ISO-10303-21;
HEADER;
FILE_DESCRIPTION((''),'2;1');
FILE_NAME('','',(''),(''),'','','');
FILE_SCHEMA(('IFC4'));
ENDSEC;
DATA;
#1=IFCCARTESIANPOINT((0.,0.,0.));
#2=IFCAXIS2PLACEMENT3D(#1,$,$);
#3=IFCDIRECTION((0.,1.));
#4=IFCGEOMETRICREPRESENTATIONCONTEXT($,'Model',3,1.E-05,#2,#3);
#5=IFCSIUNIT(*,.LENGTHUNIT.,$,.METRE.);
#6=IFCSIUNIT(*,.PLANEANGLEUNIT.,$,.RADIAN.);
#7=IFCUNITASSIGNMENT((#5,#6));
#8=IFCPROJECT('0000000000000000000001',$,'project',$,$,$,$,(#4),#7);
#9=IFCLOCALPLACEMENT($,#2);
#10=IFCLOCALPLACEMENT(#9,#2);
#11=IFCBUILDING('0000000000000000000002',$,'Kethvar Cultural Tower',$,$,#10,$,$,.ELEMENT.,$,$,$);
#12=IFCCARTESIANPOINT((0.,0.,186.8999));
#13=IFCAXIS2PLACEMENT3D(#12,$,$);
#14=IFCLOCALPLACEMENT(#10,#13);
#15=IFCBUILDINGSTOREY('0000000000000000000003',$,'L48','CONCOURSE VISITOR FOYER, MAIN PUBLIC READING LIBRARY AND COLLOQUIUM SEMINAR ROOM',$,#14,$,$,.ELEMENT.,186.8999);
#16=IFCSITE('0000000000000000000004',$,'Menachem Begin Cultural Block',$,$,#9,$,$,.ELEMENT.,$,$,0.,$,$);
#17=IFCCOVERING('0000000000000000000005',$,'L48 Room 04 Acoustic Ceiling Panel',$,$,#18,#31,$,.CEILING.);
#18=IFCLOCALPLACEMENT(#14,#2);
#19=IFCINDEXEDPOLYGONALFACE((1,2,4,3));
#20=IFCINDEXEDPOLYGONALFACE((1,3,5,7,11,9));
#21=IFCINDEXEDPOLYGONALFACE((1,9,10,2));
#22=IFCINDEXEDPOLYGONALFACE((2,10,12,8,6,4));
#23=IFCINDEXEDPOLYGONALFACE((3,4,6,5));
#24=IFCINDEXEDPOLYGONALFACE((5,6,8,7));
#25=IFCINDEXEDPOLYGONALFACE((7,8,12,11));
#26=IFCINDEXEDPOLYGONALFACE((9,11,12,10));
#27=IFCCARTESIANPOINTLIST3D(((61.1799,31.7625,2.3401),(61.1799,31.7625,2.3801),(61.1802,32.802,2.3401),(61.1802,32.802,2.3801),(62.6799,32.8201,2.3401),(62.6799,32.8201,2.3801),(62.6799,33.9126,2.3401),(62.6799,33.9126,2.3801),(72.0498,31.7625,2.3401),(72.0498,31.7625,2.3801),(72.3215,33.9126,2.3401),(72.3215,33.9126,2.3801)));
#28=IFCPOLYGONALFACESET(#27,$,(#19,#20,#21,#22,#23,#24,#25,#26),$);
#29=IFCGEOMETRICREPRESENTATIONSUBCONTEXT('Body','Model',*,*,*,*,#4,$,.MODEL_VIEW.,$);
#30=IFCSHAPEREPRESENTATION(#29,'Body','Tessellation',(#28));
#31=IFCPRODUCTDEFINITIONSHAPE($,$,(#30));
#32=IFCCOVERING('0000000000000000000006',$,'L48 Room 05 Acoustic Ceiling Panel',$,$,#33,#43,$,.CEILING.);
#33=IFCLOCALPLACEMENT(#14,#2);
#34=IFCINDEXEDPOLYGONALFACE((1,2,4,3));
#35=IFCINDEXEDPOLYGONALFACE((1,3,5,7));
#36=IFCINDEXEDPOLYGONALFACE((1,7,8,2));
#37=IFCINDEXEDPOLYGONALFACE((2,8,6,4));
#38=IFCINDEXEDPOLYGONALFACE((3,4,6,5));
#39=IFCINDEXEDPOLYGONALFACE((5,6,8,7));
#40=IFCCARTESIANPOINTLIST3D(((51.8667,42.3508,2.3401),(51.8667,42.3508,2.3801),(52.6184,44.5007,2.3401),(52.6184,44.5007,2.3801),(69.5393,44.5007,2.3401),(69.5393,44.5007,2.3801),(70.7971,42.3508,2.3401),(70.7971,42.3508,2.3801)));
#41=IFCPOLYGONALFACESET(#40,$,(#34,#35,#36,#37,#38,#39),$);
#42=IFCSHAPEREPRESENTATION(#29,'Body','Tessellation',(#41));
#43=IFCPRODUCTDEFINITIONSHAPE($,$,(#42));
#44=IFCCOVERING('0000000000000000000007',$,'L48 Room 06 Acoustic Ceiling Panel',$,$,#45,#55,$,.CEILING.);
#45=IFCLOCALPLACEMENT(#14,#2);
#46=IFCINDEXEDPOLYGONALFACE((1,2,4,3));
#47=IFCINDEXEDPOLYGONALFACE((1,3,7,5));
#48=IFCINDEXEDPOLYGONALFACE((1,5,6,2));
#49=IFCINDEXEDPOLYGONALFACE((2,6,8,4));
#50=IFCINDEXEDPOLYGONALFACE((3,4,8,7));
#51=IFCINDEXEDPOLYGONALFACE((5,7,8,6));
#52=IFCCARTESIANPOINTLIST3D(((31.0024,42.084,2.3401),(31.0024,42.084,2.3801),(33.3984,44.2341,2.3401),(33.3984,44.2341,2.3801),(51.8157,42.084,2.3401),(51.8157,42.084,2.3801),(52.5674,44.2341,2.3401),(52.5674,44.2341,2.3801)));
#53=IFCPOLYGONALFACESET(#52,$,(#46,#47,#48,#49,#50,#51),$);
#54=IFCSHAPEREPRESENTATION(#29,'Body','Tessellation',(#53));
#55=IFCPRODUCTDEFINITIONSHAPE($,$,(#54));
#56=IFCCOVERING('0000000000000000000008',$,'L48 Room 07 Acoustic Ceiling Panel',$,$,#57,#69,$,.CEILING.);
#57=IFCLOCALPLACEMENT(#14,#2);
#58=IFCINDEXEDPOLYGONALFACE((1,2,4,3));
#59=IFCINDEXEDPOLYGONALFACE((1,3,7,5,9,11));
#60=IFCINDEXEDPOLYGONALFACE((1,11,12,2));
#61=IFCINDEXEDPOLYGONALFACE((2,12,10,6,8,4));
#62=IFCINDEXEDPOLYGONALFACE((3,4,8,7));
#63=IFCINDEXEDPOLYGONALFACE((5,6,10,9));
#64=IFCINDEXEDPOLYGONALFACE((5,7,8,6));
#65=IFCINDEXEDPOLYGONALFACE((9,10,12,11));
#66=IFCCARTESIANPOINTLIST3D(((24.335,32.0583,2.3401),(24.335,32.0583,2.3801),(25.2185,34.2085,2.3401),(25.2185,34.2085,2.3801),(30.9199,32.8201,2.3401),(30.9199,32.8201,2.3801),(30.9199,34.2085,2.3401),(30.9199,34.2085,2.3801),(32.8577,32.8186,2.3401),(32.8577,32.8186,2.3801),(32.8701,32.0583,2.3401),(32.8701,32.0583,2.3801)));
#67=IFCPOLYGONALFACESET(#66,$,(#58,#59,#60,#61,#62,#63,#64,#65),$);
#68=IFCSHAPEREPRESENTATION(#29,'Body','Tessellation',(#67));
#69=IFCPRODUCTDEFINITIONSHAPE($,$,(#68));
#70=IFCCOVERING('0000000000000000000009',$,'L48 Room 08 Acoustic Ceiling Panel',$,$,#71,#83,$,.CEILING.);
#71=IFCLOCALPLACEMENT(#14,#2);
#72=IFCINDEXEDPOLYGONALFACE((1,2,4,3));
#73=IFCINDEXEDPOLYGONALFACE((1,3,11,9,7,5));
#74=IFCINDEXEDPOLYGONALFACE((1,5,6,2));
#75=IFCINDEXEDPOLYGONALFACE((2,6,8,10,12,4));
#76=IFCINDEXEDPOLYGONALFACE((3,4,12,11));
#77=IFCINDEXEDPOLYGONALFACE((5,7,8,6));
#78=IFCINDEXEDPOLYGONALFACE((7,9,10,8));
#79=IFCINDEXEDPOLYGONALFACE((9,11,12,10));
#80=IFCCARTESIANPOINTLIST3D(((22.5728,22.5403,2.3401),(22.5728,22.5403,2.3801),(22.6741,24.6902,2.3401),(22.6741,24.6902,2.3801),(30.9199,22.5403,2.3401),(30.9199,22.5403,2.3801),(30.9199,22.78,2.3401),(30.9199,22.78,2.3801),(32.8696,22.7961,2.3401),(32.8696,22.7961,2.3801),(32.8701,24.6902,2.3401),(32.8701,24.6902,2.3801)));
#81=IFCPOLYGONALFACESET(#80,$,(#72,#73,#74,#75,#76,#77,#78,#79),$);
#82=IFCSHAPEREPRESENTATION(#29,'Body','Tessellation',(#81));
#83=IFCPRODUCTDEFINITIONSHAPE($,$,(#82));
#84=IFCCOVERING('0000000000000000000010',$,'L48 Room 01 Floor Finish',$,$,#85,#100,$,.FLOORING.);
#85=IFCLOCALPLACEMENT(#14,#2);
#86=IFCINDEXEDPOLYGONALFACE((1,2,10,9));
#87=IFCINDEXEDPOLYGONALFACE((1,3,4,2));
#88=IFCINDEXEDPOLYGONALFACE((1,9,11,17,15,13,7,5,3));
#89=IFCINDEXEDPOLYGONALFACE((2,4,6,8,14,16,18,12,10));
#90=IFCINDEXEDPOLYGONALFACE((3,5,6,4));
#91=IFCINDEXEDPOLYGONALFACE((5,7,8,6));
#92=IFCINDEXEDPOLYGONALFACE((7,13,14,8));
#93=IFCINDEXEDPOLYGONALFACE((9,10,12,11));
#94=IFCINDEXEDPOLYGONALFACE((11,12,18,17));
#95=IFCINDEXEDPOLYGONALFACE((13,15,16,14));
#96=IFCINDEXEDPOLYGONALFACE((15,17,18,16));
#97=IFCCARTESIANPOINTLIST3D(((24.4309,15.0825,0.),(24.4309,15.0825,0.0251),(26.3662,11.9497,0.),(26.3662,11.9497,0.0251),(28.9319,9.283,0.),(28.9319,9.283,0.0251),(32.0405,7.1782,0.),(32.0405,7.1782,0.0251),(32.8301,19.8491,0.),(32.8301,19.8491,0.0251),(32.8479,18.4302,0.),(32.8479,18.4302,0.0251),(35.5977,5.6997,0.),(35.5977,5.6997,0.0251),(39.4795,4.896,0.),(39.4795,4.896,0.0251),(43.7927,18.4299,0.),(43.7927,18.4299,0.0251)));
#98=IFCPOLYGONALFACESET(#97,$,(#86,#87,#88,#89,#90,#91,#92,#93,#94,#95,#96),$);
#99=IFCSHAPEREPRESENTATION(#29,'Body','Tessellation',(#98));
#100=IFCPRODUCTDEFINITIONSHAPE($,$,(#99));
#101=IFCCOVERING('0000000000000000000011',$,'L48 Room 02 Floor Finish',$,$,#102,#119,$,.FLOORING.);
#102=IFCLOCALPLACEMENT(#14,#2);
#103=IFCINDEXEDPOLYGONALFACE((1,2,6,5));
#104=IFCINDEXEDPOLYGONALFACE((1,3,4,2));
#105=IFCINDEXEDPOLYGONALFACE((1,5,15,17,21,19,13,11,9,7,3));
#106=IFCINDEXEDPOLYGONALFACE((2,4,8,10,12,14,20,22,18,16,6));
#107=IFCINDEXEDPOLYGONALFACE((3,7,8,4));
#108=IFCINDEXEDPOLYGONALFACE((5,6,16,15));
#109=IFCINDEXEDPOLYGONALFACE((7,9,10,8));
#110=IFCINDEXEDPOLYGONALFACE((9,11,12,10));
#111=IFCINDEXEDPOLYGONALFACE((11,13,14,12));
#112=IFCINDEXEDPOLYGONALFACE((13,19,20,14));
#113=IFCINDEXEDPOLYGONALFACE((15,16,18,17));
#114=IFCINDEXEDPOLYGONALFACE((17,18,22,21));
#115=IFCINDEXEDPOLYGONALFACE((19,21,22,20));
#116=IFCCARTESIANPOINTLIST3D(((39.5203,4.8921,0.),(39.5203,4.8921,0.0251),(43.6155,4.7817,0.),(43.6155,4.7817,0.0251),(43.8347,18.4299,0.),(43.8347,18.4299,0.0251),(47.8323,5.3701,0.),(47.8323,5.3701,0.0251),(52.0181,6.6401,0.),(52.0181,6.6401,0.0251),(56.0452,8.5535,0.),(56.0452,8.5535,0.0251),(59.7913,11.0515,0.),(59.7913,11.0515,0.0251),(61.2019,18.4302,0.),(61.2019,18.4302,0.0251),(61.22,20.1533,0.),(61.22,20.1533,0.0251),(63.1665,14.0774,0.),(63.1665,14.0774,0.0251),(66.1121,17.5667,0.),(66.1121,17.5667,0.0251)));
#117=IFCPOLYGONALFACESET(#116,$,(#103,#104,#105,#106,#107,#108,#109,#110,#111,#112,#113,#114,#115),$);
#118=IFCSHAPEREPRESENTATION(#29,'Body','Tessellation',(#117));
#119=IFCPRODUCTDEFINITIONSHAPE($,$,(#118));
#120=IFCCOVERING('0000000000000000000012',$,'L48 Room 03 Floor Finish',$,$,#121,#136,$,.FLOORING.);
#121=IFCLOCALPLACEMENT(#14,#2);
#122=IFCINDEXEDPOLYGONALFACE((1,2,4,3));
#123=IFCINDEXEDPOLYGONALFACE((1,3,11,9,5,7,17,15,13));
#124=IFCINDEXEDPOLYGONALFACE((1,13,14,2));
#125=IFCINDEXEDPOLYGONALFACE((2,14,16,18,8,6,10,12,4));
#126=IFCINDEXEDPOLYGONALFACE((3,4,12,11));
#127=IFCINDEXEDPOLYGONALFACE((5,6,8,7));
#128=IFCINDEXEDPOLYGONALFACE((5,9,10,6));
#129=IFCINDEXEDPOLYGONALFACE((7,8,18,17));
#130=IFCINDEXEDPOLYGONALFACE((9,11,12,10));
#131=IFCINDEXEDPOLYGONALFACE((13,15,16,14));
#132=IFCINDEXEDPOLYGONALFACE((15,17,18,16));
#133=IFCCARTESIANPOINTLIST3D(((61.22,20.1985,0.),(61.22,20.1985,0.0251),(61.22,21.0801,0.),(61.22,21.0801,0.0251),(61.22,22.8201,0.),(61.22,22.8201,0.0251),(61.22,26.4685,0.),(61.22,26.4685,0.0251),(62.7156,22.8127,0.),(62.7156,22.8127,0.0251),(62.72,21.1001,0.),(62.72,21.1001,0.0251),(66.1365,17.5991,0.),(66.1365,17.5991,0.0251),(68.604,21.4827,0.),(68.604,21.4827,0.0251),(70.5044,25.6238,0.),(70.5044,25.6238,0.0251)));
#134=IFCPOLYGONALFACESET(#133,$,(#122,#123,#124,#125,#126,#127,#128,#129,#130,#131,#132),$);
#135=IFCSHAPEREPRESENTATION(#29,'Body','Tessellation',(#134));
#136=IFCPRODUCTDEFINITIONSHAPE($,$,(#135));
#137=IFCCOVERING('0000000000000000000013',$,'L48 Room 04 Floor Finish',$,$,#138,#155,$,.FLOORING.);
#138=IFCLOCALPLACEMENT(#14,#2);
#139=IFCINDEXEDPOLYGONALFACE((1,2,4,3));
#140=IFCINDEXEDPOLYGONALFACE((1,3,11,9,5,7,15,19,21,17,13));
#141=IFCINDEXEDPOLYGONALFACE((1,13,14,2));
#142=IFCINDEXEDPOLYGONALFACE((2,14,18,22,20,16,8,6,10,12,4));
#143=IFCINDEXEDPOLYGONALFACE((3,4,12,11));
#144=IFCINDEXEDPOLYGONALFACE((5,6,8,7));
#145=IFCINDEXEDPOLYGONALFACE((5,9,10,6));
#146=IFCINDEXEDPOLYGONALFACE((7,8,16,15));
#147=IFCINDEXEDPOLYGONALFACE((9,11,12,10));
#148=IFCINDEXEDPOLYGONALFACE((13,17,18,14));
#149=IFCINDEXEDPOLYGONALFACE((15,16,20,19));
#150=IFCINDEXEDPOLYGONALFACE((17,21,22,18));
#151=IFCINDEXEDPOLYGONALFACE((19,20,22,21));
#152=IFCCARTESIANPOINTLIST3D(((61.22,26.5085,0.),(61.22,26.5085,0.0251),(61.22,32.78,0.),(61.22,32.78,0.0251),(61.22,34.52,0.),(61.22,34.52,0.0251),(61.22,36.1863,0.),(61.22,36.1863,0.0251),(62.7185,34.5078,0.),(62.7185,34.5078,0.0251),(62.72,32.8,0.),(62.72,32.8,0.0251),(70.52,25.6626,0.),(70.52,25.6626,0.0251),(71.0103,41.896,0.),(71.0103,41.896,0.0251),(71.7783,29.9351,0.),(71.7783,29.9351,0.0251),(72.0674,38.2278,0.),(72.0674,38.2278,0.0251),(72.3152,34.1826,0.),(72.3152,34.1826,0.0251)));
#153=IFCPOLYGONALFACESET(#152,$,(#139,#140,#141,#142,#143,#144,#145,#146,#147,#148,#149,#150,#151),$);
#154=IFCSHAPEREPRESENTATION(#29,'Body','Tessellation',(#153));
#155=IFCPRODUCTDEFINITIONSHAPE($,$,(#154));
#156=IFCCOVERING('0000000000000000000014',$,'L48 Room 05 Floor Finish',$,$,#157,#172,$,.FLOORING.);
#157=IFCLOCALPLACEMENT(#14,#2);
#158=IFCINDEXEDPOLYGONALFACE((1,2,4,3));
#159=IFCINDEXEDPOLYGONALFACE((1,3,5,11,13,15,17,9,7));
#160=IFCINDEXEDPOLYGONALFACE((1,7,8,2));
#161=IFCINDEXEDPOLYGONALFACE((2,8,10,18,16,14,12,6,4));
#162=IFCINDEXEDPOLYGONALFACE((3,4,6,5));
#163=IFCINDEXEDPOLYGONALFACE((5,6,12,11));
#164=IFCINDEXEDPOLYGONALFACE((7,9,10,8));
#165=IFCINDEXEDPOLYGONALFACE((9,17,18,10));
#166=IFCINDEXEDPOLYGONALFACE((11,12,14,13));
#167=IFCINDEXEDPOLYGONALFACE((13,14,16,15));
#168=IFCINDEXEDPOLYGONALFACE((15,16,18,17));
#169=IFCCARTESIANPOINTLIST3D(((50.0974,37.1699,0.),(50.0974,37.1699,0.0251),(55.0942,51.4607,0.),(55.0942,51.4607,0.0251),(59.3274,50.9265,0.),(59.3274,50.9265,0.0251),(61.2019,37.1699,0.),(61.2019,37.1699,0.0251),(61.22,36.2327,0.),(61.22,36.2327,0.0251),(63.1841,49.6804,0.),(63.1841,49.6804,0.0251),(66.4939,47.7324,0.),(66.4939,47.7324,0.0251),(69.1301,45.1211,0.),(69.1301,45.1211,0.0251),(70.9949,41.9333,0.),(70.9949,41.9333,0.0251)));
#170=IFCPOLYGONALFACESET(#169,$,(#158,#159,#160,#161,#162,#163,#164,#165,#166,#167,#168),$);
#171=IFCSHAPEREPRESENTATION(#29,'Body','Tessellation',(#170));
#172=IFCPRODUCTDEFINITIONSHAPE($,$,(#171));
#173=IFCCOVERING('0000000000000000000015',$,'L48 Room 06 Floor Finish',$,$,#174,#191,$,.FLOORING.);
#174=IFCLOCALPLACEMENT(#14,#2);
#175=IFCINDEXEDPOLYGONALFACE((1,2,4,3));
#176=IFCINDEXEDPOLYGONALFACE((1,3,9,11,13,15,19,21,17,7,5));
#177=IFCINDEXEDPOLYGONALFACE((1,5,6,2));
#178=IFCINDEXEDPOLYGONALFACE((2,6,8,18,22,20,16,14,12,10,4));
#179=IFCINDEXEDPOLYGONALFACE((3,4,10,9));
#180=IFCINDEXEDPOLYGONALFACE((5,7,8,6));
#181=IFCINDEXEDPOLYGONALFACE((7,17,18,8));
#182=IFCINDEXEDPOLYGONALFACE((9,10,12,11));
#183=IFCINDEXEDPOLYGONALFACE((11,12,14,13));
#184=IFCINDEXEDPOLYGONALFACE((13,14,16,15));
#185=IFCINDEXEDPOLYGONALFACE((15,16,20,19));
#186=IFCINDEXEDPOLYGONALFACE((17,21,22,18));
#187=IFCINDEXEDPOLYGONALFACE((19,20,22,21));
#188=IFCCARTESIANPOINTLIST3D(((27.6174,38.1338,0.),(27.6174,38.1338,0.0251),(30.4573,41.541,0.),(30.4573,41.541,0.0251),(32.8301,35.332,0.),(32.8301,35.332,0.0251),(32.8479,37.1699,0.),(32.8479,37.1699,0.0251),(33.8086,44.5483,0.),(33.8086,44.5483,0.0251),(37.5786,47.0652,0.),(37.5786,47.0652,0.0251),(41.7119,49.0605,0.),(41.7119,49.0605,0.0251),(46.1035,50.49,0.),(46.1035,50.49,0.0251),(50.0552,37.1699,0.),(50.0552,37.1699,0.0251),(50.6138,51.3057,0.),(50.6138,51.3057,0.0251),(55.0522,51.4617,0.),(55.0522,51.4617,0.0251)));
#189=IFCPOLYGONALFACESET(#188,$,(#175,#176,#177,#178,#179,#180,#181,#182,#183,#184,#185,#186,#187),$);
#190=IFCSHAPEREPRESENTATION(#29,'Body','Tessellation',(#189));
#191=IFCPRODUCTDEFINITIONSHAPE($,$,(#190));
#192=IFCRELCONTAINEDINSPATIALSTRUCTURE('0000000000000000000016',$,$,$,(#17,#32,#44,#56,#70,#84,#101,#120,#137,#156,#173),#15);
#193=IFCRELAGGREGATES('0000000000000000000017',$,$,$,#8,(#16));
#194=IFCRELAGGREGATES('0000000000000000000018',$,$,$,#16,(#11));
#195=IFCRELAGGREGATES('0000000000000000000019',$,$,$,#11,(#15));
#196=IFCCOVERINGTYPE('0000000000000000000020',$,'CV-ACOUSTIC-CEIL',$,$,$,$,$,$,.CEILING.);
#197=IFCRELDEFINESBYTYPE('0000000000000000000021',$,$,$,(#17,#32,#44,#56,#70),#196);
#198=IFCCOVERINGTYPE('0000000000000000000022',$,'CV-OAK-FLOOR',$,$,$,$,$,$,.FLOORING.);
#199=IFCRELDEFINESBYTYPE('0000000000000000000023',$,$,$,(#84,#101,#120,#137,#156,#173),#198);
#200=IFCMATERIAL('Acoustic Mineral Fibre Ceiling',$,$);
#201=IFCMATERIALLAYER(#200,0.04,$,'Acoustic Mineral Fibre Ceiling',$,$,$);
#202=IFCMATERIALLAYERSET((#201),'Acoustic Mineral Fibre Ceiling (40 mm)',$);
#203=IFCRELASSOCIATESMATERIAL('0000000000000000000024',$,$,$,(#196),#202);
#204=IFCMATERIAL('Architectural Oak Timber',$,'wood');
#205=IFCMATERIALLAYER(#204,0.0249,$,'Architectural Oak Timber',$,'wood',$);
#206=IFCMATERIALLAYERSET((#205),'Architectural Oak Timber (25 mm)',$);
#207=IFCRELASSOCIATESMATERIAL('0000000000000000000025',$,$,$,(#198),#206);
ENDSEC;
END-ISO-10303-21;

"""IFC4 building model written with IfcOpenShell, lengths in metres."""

from ifc_helpers import new_model, si_unit, direction, frame, origin, place, context, subcontext, project, spatial, polyline, outline, extrude, material, layer, layer_set, type_object, element, save


model = new_model("IFC4")

# Units and contexts
model_context = context("Model", 3, precision=1e-05, world=origin(), true_north=direction((0.0, 1.0)))
body_context = subcontext(model_context, "Body", "Model", "MODEL_VIEW")
ifc_project = project(units=[si_unit("LENGTHUNIT", "METRE"), si_unit("PLANEANGLEUNIT", "RADIAN")], contexts=[model_context])

# Site, building, storey
site_placement = place(None, origin())
site = spatial("IfcSite", under=ifc_project, at=site_placement, Name="Menachem Begin Cultural Block", CompositionType="ELEMENT", RefElevation=0.0)
building_placement = place(site_placement, origin())
building = spatial("IfcBuilding", under=site, at=building_placement, Name="Kethvar Cultural Tower", CompositionType="ELEMENT")
storey_placement = place(building_placement, frame((0.0, 0.0, 186.8999)))
storey = spatial("IfcBuildingStorey", under=building, at=storey_placement, Name="L48", Description="CONCOURSE VISITOR FOYER, MAIN PUBLIC READING LIBRARY AND COLLOQUIUM SEMINAR ROOM", CompositionType="ELEMENT", Elevation=186.8999)

# Coverings
ifc_material_1 = material(Name="Acoustic Mineral Fibre Ceiling")
ifc_layer_1 = layer(ifc_material_1, 0.04, Name="Acoustic Mineral Fibre Ceiling")
ifc_layer_set_1 = layer_set([ifc_layer_1], Name="Acoustic Mineral Fibre Ceiling (40 mm)")
covering_type_1 = type_object("IfcCoveringType", Name="CV-ACOUSTIC-CEIL", PredefinedType="CEILING", material=ifc_layer_set_1)
covering_1_placement = place(storey_placement, frame((0.0, 0.0, 2.3401)))
element("IfcCovering", 1, at=covering_1_placement, inside=storey, type_object=covering_type_1, Name="L48 Room 04 Acoustic Ceiling Panel", PredefinedType="CEILING", context=body_context, shape_type="SweptSolid", body=[
    extrude(outline(polyline([(72.0498, 31.7625), (61.1799, 31.7625), (61.1802, 32.802), (62.6799, 32.8201), (62.6799, 33.9126), (72.3215, 33.9126), (72.0498, 31.7625)])), origin(), (0.0, 0.0, 1.0), 0.04),
])
covering_2_placement = place(storey_placement, frame((0.0, 0.0, 2.3401)))
element("IfcCovering", 2, at=covering_2_placement, inside=storey, type_object=covering_type_1, Name="L48 Room 05 Acoustic Ceiling Panel", PredefinedType="CEILING", context=body_context, shape_type="SweptSolid", body=[
    extrude(outline(polyline([(70.7971, 42.3508), (51.8667, 42.3508), (52.6184, 44.5007), (69.5393, 44.5007), (70.7971, 42.3508)])), origin(), (0.0, 0.0, 1.0), 0.04),
])
covering_3_placement = place(storey_placement, frame((0.0, 0.0, 2.3401)))
element("IfcCovering", 3, at=covering_3_placement, inside=storey, type_object=covering_type_1, Name="L48 Room 06 Acoustic Ceiling Panel", PredefinedType="CEILING", context=body_context, shape_type="SweptSolid", body=[
    extrude(outline(polyline([(33.3984, 44.2341), (52.5674, 44.2341), (51.8157, 42.084), (31.0024, 42.084), (33.3984, 44.2341)])), origin(), (0.0, 0.0, 1.0), 0.04),
])
covering_4_placement = place(storey_placement, frame((0.0, 0.0, 2.3401)))
element("IfcCovering", 4, at=covering_4_placement, inside=storey, type_object=covering_type_1, Name="L48 Room 07 Acoustic Ceiling Panel", PredefinedType="CEILING", context=body_context, shape_type="SweptSolid", body=[
    extrude(outline(polyline([(30.9199, 32.8201), (32.8577, 32.8186), (32.8701, 32.0583), (24.335, 32.0583), (25.2185, 34.2085), (30.9199, 34.2085), (30.9199, 32.8201)])), origin(), (0.0, 0.0, 1.0), 0.04),
])
covering_5_placement = place(storey_placement, frame((0.0, 0.0, 2.3401)))
element("IfcCovering", 5, at=covering_5_placement, inside=storey, type_object=covering_type_1, Name="L48 Room 08 Acoustic Ceiling Panel", PredefinedType="CEILING", context=body_context, shape_type="SweptSolid", body=[
    extrude(outline(polyline([(22.6741, 24.6902), (32.8701, 24.6902), (32.8696, 22.7961), (30.9199, 22.78), (30.9199, 22.5403), (22.5728, 22.5403), (22.6741, 24.6902)])), origin(), (0.0, 0.0, 1.0), 0.04),
])
ifc_material_2 = material(Name="Architectural Oak Timber", Category="wood")
ifc_layer_2 = layer(ifc_material_2, 0.0249, Name="Architectural Oak Timber", Category="wood")
ifc_layer_set_2 = layer_set([ifc_layer_2], Name="Architectural Oak Timber (25 mm)")
covering_type_2 = type_object("IfcCoveringType", Name="CV-OAK-FLOOR", PredefinedType="FLOORING", material=ifc_layer_set_2)
covering_6_placement = place(storey_placement, origin())
element("IfcCovering", 6, at=covering_6_placement, inside=storey, type_object=covering_type_2, Name="L48 Room 01 Floor Finish", PredefinedType="FLOORING", context=body_context, shape_type="SweptSolid", body=[
    extrude(outline(polyline([(35.5977, 5.6997), (32.0405, 7.1782), (28.9319, 9.283), (26.3662, 11.9497), (24.4309, 15.0825), (32.8301, 19.8491), (32.8479, 18.4302), (43.7927, 18.4299), (39.4795, 4.896), (35.5977, 5.6997)])), origin(), (0.0, 0.0, 1.0), 0.0251),
])
covering_7_placement = place(storey_placement, origin())
element("IfcCovering", 7, at=covering_7_placement, inside=storey, type_object=covering_type_2, Name="L48 Room 02 Floor Finish", PredefinedType="FLOORING", context=body_context, shape_type="SweptSolid", body=[
    extrude(outline(polyline([(63.1665, 14.0774), (59.7913, 11.0515), (56.0452, 8.5535), (52.0181, 6.6401), (47.8323, 5.3701), (43.6155, 4.7817), (39.5203, 4.8921), (43.8347, 18.4299), (61.2019, 18.4302), (61.22, 20.1533), (66.1121, 17.5667), (63.1665, 14.0774)])), origin(), (0.0, 0.0, 1.0), 0.0251),
])
covering_8_placement = place(storey_placement, origin())
element("IfcCovering", 8, at=covering_8_placement, inside=storey, type_object=covering_type_2, Name="L48 Room 03 Floor Finish", PredefinedType="FLOORING", context=body_context, shape_type="SweptSolid", body=[
    extrude(outline(polyline([(68.604, 21.4827), (66.1365, 17.5991), (61.22, 20.1985), (61.22, 21.0801), (62.72, 21.1001), (62.7156, 22.8127), (61.22, 22.8201), (61.22, 26.4685), (70.5044, 25.6238), (68.604, 21.4827)])), origin(), (0.0, 0.0, 1.0), 0.0251),
])
covering_9_placement = place(storey_placement, origin())
element("IfcCovering", 9, at=covering_9_placement, inside=storey, type_object=covering_type_2, Name="L48 Room 04 Floor Finish", PredefinedType="FLOORING", context=body_context, shape_type="SweptSolid", body=[
    extrude(outline(polyline([(72.0674, 38.2278), (72.3152, 34.1826), (71.7783, 29.9351), (70.52, 25.6626), (61.22, 26.5085), (61.22, 32.78), (62.72, 32.8), (62.7185, 34.5078), (61.22, 34.52), (61.22, 36.1863), (71.0103, 41.896), (72.0674, 38.2278)])), origin(), (0.0, 0.0, 1.0), 0.0251),
])
covering_10_placement = place(storey_placement, origin())
element("IfcCovering", 10, at=covering_10_placement, inside=storey, type_object=covering_type_2, Name="L48 Room 05 Floor Finish", PredefinedType="FLOORING", context=body_context, shape_type="SweptSolid", body=[
    extrude(outline(polyline([(59.3274, 50.9265), (63.1841, 49.6804), (66.4939, 47.7324), (69.1301, 45.1211), (70.9949, 41.9333), (61.22, 36.2327), (61.2019, 37.1699), (50.0974, 37.1699), (55.0942, 51.4607), (59.3274, 50.9265)])), origin(), (0.0, 0.0, 1.0), 0.0251),
])
covering_11_placement = place(storey_placement, origin())
element("IfcCovering", 11, at=covering_11_placement, inside=storey, type_object=covering_type_2, Name="L48 Room 06 Floor Finish", PredefinedType="FLOORING", context=body_context, shape_type="SweptSolid", body=[
    extrude(outline(polyline([(27.6174, 38.1338), (30.4573, 41.541), (33.8086, 44.5483), (37.5786, 47.0652), (41.7119, 49.0605), (46.1035, 50.49), (50.6138, 51.3057), (55.0522, 51.4617), (50.0552, 37.1699), (32.8479, 37.1699), (32.8301, 35.332), (27.6174, 38.1338)])), origin(), (0.0, 0.0, 1.0), 0.0251),
])

save(model, "model.ifc")
